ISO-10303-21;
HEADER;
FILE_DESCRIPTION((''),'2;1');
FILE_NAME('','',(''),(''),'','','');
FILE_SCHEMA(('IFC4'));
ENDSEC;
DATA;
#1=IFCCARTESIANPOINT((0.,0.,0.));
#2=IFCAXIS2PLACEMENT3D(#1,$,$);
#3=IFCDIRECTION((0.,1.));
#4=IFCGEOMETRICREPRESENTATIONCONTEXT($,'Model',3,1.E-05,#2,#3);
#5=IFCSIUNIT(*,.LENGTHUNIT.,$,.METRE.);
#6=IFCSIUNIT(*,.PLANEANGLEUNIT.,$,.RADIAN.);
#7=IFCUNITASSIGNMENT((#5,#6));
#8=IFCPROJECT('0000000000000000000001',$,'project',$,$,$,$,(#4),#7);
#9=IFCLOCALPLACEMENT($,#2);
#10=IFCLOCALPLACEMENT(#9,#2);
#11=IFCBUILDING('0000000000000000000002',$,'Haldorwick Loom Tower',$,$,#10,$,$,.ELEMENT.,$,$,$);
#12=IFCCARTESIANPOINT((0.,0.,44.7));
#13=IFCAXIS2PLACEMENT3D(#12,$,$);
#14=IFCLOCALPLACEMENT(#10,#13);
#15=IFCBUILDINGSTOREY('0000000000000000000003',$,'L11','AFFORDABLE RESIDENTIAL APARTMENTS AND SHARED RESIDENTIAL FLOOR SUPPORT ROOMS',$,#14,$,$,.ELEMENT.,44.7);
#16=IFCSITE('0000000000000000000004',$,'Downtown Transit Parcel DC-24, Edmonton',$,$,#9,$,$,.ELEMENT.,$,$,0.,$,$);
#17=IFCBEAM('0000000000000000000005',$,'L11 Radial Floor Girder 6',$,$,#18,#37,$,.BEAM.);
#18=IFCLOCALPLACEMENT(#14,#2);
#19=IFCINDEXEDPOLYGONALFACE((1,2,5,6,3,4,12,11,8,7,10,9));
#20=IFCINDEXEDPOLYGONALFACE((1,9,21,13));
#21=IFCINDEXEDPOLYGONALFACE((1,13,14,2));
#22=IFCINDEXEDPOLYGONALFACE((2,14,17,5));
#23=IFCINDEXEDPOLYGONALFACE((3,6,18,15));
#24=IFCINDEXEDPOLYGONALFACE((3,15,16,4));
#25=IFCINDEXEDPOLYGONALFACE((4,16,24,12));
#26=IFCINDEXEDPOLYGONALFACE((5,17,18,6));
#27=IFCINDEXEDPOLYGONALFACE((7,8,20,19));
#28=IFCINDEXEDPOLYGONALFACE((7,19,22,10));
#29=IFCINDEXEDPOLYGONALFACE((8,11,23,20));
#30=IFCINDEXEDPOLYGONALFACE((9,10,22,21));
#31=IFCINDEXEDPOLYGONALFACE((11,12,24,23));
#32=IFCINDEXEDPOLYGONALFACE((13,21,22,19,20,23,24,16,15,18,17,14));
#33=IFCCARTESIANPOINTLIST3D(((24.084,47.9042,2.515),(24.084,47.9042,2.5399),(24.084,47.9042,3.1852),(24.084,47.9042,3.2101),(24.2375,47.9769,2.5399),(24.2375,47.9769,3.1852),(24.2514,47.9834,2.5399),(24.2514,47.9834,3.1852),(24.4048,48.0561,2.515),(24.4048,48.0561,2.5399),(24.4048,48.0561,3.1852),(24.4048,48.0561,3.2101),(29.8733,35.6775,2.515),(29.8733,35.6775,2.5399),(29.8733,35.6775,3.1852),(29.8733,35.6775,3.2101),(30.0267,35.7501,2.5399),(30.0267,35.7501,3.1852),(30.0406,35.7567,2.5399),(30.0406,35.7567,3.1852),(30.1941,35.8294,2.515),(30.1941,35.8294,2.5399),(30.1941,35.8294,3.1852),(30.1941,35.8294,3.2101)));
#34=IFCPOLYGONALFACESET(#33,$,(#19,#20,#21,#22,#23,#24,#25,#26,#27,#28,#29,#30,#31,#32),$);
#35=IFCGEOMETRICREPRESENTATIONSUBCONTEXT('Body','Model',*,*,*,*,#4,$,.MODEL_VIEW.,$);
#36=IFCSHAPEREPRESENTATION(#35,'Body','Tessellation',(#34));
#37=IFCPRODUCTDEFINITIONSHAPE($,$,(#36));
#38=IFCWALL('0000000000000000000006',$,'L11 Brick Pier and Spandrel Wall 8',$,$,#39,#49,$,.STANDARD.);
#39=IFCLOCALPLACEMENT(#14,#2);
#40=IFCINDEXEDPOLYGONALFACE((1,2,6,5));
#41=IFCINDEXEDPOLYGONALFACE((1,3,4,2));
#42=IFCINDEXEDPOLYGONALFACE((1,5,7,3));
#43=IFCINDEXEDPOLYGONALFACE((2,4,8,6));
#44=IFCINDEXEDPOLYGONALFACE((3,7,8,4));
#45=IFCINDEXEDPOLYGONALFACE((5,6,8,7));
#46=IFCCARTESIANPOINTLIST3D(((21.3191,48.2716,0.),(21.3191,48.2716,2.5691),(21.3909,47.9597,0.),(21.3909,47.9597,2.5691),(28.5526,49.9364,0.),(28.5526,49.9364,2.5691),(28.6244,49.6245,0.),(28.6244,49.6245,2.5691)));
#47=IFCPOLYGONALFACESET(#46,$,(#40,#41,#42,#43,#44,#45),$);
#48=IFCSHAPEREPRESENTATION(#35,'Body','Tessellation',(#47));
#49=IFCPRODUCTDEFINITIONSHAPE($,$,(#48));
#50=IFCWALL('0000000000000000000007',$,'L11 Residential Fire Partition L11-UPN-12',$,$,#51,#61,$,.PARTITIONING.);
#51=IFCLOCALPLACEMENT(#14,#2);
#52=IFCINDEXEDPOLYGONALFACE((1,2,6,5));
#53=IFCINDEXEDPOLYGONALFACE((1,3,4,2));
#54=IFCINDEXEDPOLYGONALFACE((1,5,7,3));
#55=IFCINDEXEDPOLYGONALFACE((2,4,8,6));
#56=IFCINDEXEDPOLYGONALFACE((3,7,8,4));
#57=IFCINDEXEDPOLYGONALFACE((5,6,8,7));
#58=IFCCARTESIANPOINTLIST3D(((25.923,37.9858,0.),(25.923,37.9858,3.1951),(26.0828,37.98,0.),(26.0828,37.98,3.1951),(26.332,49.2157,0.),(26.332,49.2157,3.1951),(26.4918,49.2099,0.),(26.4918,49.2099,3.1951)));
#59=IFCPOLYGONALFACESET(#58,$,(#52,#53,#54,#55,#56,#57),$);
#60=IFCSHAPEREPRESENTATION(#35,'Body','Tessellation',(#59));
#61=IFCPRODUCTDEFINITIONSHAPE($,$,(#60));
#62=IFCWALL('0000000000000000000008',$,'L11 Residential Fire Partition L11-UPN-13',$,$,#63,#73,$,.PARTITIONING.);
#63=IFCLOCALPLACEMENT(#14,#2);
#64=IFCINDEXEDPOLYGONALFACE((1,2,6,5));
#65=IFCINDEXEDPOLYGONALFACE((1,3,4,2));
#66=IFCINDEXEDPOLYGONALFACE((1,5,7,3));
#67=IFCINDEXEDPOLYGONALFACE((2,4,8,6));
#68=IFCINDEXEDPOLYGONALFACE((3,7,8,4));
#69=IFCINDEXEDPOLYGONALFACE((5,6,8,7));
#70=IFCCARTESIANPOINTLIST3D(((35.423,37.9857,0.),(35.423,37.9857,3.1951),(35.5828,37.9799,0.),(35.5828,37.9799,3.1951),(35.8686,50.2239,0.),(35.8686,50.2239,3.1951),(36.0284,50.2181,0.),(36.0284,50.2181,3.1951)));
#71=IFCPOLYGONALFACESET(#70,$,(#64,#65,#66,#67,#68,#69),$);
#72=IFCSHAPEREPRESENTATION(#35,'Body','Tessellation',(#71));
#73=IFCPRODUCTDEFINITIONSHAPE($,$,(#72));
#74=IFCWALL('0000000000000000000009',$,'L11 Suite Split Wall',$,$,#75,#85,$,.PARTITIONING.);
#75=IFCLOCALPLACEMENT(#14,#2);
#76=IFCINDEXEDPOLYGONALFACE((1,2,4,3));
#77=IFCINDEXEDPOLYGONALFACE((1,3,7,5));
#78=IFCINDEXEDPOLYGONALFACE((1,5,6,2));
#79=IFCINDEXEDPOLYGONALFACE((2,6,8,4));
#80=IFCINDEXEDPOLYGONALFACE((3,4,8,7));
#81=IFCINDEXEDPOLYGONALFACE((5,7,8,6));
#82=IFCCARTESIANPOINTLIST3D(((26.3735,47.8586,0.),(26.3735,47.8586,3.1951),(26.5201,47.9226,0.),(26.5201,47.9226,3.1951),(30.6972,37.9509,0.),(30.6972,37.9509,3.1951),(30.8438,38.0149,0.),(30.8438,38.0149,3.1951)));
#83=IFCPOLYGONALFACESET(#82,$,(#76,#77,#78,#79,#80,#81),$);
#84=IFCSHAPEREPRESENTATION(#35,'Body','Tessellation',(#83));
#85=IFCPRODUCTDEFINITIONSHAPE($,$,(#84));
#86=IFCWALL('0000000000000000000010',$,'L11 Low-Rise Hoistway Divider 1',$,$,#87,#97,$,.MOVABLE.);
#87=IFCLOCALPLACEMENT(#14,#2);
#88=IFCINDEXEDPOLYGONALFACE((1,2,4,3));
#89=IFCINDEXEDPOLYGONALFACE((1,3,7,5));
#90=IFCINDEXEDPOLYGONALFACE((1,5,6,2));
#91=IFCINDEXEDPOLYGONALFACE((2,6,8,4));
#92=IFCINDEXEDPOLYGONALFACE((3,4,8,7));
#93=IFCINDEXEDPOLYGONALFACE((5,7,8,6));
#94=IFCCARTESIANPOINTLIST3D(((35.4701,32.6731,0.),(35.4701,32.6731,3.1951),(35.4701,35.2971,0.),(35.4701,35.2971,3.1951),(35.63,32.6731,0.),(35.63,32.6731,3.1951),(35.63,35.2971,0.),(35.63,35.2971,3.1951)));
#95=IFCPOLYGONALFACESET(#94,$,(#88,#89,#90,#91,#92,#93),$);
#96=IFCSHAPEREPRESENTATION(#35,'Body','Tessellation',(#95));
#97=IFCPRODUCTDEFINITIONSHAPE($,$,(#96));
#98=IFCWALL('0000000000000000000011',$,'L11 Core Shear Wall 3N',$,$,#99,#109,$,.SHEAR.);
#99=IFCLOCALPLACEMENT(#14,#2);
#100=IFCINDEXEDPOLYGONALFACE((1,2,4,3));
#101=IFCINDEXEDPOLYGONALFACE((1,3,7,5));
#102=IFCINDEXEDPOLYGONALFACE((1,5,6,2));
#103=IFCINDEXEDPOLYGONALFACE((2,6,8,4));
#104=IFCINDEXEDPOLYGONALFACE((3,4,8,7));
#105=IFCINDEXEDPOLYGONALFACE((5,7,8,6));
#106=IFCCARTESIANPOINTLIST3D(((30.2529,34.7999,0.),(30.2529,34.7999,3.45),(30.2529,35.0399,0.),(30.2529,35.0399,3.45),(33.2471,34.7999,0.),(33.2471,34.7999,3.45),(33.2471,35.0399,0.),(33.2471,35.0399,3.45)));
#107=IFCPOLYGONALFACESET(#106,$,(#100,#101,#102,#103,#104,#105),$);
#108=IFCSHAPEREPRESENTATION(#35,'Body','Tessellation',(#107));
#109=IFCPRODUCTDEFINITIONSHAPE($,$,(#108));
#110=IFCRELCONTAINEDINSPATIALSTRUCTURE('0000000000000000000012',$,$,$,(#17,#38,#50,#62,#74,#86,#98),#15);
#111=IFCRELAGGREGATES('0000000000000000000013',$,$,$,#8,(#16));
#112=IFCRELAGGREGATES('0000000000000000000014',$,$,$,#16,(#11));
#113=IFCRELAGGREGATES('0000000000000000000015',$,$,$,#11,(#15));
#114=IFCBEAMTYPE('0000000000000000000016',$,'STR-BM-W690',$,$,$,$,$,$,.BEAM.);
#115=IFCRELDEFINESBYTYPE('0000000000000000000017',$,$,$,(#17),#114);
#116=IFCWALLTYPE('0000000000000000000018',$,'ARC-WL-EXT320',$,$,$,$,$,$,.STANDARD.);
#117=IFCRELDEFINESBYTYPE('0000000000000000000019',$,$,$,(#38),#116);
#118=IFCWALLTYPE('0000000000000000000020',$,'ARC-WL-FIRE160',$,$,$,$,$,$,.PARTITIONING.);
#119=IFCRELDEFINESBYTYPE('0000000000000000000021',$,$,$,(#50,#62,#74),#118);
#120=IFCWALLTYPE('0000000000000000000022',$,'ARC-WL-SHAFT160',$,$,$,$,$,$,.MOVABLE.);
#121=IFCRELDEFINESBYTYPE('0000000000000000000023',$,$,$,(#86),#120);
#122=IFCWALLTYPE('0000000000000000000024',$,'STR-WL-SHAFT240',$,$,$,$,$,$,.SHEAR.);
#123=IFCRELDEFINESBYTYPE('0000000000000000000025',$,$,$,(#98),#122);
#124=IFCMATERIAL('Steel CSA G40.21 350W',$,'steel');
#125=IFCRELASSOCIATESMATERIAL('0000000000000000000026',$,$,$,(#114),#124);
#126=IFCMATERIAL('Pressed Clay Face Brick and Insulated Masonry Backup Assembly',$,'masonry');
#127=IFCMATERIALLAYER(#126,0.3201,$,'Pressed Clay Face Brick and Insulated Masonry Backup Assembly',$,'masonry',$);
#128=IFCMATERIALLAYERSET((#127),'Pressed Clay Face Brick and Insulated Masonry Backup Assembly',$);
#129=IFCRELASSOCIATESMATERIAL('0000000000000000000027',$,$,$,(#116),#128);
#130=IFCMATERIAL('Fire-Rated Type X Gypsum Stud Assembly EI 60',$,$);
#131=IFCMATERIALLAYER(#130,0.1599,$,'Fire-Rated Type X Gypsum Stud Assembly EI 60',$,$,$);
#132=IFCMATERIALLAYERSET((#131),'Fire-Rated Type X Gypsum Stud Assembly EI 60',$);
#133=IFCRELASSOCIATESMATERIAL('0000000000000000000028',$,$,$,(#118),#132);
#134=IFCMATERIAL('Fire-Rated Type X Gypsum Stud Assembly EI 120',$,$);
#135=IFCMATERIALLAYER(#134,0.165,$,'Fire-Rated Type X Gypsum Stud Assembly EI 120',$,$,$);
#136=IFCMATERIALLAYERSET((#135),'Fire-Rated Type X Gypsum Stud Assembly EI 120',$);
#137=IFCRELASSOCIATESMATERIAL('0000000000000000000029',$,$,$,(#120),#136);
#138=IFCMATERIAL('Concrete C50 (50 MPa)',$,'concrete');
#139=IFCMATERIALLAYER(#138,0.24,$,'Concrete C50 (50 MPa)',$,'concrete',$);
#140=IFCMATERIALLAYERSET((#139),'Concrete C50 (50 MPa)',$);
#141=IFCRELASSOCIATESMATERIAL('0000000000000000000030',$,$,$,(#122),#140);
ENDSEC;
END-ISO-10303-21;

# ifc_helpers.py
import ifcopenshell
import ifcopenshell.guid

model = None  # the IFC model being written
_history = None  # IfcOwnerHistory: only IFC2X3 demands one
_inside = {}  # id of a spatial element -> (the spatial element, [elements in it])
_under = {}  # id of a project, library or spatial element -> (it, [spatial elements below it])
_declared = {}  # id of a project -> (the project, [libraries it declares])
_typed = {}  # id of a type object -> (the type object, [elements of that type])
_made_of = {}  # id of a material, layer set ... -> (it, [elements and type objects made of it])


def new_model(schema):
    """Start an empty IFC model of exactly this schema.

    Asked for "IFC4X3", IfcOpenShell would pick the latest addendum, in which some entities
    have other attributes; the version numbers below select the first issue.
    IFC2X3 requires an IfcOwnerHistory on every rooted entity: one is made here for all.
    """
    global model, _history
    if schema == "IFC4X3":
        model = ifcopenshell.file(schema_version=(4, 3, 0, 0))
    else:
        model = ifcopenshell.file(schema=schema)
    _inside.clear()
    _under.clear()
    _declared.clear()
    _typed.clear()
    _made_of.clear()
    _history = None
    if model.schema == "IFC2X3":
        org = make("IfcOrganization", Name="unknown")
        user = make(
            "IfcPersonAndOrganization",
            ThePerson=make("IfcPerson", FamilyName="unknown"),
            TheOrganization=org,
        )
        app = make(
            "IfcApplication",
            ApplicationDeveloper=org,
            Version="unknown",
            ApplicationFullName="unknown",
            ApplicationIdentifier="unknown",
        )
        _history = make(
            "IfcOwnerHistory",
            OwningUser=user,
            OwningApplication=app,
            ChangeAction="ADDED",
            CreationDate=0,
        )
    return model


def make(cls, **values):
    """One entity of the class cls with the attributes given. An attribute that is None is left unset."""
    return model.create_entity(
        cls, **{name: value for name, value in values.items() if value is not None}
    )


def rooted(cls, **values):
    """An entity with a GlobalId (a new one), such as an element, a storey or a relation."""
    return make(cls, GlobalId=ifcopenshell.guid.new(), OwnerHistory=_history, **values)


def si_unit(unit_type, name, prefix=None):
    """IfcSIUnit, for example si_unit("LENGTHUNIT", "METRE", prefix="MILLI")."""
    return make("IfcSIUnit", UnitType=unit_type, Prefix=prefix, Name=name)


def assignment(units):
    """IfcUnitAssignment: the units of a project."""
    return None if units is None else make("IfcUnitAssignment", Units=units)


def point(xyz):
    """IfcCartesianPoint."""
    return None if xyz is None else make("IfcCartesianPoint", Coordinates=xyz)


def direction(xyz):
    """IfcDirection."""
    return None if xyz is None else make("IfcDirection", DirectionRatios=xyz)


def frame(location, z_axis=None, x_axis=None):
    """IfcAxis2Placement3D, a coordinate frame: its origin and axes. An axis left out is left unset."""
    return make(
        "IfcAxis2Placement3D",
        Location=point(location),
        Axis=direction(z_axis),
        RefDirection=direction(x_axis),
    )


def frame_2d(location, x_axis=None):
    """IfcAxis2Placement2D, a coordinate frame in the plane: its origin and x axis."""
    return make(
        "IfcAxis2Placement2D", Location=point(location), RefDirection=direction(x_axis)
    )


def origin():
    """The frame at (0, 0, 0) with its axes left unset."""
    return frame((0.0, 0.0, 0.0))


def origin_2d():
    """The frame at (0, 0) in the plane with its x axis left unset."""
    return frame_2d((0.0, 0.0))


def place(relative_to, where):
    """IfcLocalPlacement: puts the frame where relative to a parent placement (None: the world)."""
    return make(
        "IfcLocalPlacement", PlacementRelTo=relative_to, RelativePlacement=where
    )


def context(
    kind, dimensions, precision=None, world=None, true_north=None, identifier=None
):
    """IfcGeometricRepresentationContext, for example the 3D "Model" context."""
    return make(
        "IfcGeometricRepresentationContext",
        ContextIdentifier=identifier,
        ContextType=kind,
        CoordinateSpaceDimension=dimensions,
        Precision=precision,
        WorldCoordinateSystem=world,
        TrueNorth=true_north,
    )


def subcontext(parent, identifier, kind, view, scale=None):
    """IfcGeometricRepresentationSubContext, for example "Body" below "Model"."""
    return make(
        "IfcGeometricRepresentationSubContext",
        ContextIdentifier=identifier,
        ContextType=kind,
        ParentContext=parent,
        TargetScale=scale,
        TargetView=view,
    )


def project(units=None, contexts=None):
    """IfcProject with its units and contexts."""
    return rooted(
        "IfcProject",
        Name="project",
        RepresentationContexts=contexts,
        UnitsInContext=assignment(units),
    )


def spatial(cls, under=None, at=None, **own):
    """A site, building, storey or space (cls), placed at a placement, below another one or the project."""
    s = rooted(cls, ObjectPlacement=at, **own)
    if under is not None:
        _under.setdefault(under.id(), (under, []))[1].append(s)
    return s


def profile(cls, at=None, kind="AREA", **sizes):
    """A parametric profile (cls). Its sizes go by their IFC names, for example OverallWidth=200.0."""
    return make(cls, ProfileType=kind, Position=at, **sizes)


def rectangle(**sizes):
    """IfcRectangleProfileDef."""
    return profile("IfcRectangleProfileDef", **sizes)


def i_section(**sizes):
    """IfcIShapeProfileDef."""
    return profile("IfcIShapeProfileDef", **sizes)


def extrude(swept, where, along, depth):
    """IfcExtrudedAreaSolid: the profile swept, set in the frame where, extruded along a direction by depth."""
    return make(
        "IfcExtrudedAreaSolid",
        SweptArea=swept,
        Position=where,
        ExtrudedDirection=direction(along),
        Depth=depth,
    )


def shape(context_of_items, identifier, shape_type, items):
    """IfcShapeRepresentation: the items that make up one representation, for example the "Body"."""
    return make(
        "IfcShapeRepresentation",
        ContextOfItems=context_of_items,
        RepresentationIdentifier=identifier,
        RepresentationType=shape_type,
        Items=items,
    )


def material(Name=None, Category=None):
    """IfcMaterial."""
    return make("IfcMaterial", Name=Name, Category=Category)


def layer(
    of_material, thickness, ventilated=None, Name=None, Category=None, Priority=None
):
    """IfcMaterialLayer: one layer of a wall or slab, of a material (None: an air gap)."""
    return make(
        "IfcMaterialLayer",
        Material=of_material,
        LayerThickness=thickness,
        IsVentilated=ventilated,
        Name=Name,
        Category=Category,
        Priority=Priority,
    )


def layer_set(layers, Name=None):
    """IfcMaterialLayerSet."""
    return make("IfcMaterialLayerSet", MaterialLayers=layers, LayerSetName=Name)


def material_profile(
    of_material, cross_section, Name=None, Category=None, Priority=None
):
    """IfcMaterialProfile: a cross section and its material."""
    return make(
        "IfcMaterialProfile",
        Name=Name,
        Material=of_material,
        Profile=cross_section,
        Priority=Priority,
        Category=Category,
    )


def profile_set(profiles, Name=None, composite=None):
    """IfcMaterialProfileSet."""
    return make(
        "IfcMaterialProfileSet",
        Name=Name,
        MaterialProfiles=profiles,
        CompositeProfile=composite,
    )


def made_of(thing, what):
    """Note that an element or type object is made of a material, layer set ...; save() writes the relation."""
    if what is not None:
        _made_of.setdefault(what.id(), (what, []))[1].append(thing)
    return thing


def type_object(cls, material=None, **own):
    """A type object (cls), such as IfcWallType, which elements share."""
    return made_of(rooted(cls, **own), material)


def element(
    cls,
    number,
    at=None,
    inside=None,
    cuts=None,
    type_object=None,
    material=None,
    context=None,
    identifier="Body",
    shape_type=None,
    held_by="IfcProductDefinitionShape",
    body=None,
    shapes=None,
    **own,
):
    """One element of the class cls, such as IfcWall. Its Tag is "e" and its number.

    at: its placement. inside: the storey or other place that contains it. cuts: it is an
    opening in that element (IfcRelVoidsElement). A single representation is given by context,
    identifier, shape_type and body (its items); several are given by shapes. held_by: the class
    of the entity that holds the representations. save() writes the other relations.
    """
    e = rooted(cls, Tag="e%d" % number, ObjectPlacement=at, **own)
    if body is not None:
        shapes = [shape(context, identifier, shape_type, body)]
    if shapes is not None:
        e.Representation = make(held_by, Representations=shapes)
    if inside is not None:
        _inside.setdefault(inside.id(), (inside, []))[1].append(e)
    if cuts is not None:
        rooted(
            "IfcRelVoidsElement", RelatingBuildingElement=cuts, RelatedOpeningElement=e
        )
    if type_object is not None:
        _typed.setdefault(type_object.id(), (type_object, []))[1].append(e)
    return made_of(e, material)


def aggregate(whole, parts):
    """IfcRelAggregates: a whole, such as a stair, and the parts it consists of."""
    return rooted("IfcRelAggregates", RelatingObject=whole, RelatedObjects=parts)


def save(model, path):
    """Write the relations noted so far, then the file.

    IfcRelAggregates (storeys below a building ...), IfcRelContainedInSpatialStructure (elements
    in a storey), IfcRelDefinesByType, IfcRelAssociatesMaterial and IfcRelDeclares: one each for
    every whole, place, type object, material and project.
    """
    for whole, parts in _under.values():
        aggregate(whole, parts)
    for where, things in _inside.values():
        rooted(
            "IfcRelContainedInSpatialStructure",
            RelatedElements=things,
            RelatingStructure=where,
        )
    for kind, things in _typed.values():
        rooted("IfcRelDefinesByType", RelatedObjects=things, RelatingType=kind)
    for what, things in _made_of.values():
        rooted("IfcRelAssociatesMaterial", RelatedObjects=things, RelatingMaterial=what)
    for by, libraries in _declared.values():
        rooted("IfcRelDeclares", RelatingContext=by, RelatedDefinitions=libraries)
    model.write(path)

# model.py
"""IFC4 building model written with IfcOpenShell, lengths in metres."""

from ifc_helpers import new_model, si_unit, direction, frame, frame_2d, origin, origin_2d, place, context, subcontext, project, spatial, rectangle, i_section, extrude, material, layer, layer_set, material_profile, profile_set, type_object, element, save


model = new_model("IFC4")

# Units and contexts
model_context = context("Model", 3, precision=1e-05, world=origin(), true_north=direction((0.0, 1.0)))
body_context = subcontext(model_context, "Body", "Model", "MODEL_VIEW")
ifc_project = project(units=[si_unit("LENGTHUNIT", "METRE"), si_unit("PLANEANGLEUNIT", "RADIAN")], contexts=[model_context])

# Site, building, storey
site_placement = place(None, origin())
site = spatial("IfcSite", under=ifc_project, at=site_placement, Name="Downtown Transit Parcel DC-24, Edmonton", CompositionType="ELEMENT", RefElevation=0.0)
building_placement = place(site_placement, origin())
building = spatial("IfcBuilding", under=site, at=building_placement, Name="Haldorwick Loom Tower", CompositionType="ELEMENT")
storey_placement = place(building_placement, frame((0.0, 0.0, 44.7)))
storey = spatial("IfcBuildingStorey", under=building, at=storey_placement, Name="L11", Description="AFFORDABLE RESIDENTIAL APARTMENTS AND SHARED RESIDENTIAL FLOOR SUPPORT ROOMS", CompositionType="ELEMENT", Elevation=44.7)

# Beam
ifc_material_1 = material(Name="Steel CSA G40.21 350W", Category="steel")
ifc_material_profile_1 = material_profile(ifc_material_1, i_section(OverallWidth=0.355, OverallDepth=0.6951, WebThickness=0.0154, FlangeThickness=0.0249, at=origin_2d()), Name="W690X217", Category="steel")
ifc_profile_set_1 = profile_set([ifc_material_profile_1], Name="Steel CSA G40.21 350W")
beam_type_1 = type_object("IfcBeamType", Name="STR-BM-W690", PredefinedType="BEAM", material=ifc_profile_set_1)
beam_1_placement = place(storey_placement, frame((30.0337, 35.7534, 2.8625), z_axis=(-0.427945, 0.903805, 0.0), x_axis=(-0.903805, -0.427945, 0.0)))
element("IfcBeam", 1, at=beam_1_placement, inside=storey, type_object=beam_type_1, Name="L11 Radial Floor Girder 6", PredefinedType="BEAM", context=body_context, shape_type="SweptSolid", body=[
    extrude(i_section(OverallWidth=0.355, OverallDepth=0.6951, WebThickness=0.0154, FlangeThickness=0.0249, at=origin_2d()), origin(), (0.0, 0.0, 1.0), 13.5281),
])

# Walls
ifc_material_2 = material(Name="Pressed Clay Face Brick and Insulated Masonry Backup Assembly", Category="masonry")
ifc_layer_1 = layer(ifc_material_2, 0.3201, Name="Pressed Clay Face Brick and Insulated Masonry Backup Assembly", Category="masonry")
ifc_layer_set_1 = layer_set([ifc_layer_1], Name="Pressed Clay Face Brick and Insulated Masonry Backup Assembly")
wall_type_1 = type_object("IfcWallType", Name="ARC-WL-EXT320", PredefinedType="STANDARD", material=ifc_layer_set_1)
wall_1_placement = place(storey_placement, frame((28.5886, 49.7805, 0.0), z_axis=(0.0, 0.0, 1.0), x_axis=(-0.974522, -0.22429, 0.0)))
element("IfcWall", 2, at=wall_1_placement, inside=storey, type_object=wall_type_1, Name="L11 Brick Pier and Spandrel Wall 8", PredefinedType="STANDARD", context=body_context, shape_type="SweptSolid", body=[
    extrude(rectangle(XDim=7.4226, YDim=0.3201, at=frame_2d((3.7114, 0.0))), origin(), (0.0, 0.0, 1.0), 2.5691),
])
ifc_material_3 = material(Name="Fire-Rated Type X Gypsum Stud Assembly EI 60")
ifc_layer_2 = layer(ifc_material_3, 0.1599, Name="Fire-Rated Type X Gypsum Stud Assembly EI 60")
ifc_layer_set_2 = layer_set([ifc_layer_2], Name="Fire-Rated Type X Gypsum Stud Assembly EI 60")
wall_type_2 = type_object("IfcWallType", Name="ARC-WL-FIRE160", PredefinedType="PARTITIONING", material=ifc_layer_set_2)
wall_2_placement = place(storey_placement, frame((26.0029, 37.9829, 0.0), z_axis=(0.0, 0.0, 1.0), x_axis=(0.036391, 0.999338, 0.0)))
element("IfcWall", 3, at=wall_2_placement, inside=storey, type_object=wall_type_2, Name="L11 Residential Fire Partition L11-UPN-12", PredefinedType="PARTITIONING", context=body_context, shape_type="SweptSolid", body=[
    extrude(rectangle(XDim=11.2373, YDim=0.1599, at=frame_2d((5.6187, 0.0))), origin(), (0.0, 0.0, 1.0), 3.1951),
])
wall_3_placement = place(storey_placement, frame((35.5029, 37.9829, 0.0), z_axis=(0.0, 0.0, 1.0), x_axis=(0.036383, 0.999338, 0.0)))
element("IfcWall", 4, at=wall_3_placement, inside=storey, type_object=wall_type_2, Name="L11 Residential Fire Partition L11-UPN-13", PredefinedType="PARTITIONING", context=body_context, shape_type="SweptSolid", body=[
    extrude(rectangle(XDim=12.2463, YDim=0.1599, at=frame_2d((6.123, 0.0))), origin(), (0.0, 0.0, 1.0), 3.1951),
])
wall_4_placement = place(storey_placement, frame((30.7705, 37.9829, 0.0), z_axis=(0.0, 0.0, 1.0), x_axis=(-0.399973, 0.916527, 0.0)))
element("IfcWall", 5, at=wall_4_placement, inside=storey, type_object=wall_type_2, Name="L11 Suite Split Wall", PredefinedType="PARTITIONING", context=body_context, shape_type="SweptSolid", body=[
    extrude(rectangle(XDim=10.8101, YDim=0.1599, at=frame_2d((5.405, 0.0))), origin(), (0.0, 0.0, 1.0), 3.1951),
])
ifc_material_4 = material(Name="Fire-Rated Type X Gypsum Stud Assembly EI 120")
ifc_layer_3 = layer(ifc_material_4, 0.165, Name="Fire-Rated Type X Gypsum Stud Assembly EI 120")
ifc_layer_set_3 = layer_set([ifc_layer_3], Name="Fire-Rated Type X Gypsum Stud Assembly EI 120")
wall_type_3 = type_object("IfcWallType", Name="ARC-WL-SHAFT160", PredefinedType="MOVABLE", material=ifc_layer_set_3)
wall_5_placement = place(storey_placement, frame((35.55, 32.6731, 0.0), z_axis=(0.0, 0.0, 1.0), x_axis=(0.0, 1.0, 0.0)))
element("IfcWall", 6, at=wall_5_placement, inside=storey, type_object=wall_type_3, Name="L11 Low-Rise Hoistway Divider 1", PredefinedType="MOVABLE", context=body_context, shape_type="SweptSolid", body=[
    extrude(rectangle(XDim=2.624, YDim=0.1599, at=frame_2d((1.312, 0.0))), origin(), (0.0, 0.0, 1.0), 3.1951),
])
ifc_material_5 = material(Name="Concrete C50 (50 MPa)", Category="concrete")
ifc_layer_4 = layer(ifc_material_5, 0.24, Name="Concrete C50 (50 MPa)", Category="concrete")
ifc_layer_set_4 = layer_set([ifc_layer_4], Name="Concrete C50 (50 MPa)")
wall_type_4 = type_object("IfcWallType", Name="STR-WL-SHAFT240", PredefinedType="SHEAR", material=ifc_layer_set_4)
wall_6_placement = place(storey_placement, frame((30.2529, 34.9199, 0.0), z_axis=(0.0, 0.0, 1.0), x_axis=(1.0, 0.0, 0.0)))
element("IfcWall", 7, at=wall_6_placement, inside=storey, type_object=wall_type_4, Name="L11 Core Shear Wall 3N", PredefinedType="SHEAR", context=body_context, shape_type="SweptSolid", body=[
    extrude(rectangle(XDim=2.9941, YDim=0.24, at=frame_2d((1.4971, 0.0))), origin(), (0.0, 0.0, 1.0), 3.45),
])

save(model, "model.ifc")
